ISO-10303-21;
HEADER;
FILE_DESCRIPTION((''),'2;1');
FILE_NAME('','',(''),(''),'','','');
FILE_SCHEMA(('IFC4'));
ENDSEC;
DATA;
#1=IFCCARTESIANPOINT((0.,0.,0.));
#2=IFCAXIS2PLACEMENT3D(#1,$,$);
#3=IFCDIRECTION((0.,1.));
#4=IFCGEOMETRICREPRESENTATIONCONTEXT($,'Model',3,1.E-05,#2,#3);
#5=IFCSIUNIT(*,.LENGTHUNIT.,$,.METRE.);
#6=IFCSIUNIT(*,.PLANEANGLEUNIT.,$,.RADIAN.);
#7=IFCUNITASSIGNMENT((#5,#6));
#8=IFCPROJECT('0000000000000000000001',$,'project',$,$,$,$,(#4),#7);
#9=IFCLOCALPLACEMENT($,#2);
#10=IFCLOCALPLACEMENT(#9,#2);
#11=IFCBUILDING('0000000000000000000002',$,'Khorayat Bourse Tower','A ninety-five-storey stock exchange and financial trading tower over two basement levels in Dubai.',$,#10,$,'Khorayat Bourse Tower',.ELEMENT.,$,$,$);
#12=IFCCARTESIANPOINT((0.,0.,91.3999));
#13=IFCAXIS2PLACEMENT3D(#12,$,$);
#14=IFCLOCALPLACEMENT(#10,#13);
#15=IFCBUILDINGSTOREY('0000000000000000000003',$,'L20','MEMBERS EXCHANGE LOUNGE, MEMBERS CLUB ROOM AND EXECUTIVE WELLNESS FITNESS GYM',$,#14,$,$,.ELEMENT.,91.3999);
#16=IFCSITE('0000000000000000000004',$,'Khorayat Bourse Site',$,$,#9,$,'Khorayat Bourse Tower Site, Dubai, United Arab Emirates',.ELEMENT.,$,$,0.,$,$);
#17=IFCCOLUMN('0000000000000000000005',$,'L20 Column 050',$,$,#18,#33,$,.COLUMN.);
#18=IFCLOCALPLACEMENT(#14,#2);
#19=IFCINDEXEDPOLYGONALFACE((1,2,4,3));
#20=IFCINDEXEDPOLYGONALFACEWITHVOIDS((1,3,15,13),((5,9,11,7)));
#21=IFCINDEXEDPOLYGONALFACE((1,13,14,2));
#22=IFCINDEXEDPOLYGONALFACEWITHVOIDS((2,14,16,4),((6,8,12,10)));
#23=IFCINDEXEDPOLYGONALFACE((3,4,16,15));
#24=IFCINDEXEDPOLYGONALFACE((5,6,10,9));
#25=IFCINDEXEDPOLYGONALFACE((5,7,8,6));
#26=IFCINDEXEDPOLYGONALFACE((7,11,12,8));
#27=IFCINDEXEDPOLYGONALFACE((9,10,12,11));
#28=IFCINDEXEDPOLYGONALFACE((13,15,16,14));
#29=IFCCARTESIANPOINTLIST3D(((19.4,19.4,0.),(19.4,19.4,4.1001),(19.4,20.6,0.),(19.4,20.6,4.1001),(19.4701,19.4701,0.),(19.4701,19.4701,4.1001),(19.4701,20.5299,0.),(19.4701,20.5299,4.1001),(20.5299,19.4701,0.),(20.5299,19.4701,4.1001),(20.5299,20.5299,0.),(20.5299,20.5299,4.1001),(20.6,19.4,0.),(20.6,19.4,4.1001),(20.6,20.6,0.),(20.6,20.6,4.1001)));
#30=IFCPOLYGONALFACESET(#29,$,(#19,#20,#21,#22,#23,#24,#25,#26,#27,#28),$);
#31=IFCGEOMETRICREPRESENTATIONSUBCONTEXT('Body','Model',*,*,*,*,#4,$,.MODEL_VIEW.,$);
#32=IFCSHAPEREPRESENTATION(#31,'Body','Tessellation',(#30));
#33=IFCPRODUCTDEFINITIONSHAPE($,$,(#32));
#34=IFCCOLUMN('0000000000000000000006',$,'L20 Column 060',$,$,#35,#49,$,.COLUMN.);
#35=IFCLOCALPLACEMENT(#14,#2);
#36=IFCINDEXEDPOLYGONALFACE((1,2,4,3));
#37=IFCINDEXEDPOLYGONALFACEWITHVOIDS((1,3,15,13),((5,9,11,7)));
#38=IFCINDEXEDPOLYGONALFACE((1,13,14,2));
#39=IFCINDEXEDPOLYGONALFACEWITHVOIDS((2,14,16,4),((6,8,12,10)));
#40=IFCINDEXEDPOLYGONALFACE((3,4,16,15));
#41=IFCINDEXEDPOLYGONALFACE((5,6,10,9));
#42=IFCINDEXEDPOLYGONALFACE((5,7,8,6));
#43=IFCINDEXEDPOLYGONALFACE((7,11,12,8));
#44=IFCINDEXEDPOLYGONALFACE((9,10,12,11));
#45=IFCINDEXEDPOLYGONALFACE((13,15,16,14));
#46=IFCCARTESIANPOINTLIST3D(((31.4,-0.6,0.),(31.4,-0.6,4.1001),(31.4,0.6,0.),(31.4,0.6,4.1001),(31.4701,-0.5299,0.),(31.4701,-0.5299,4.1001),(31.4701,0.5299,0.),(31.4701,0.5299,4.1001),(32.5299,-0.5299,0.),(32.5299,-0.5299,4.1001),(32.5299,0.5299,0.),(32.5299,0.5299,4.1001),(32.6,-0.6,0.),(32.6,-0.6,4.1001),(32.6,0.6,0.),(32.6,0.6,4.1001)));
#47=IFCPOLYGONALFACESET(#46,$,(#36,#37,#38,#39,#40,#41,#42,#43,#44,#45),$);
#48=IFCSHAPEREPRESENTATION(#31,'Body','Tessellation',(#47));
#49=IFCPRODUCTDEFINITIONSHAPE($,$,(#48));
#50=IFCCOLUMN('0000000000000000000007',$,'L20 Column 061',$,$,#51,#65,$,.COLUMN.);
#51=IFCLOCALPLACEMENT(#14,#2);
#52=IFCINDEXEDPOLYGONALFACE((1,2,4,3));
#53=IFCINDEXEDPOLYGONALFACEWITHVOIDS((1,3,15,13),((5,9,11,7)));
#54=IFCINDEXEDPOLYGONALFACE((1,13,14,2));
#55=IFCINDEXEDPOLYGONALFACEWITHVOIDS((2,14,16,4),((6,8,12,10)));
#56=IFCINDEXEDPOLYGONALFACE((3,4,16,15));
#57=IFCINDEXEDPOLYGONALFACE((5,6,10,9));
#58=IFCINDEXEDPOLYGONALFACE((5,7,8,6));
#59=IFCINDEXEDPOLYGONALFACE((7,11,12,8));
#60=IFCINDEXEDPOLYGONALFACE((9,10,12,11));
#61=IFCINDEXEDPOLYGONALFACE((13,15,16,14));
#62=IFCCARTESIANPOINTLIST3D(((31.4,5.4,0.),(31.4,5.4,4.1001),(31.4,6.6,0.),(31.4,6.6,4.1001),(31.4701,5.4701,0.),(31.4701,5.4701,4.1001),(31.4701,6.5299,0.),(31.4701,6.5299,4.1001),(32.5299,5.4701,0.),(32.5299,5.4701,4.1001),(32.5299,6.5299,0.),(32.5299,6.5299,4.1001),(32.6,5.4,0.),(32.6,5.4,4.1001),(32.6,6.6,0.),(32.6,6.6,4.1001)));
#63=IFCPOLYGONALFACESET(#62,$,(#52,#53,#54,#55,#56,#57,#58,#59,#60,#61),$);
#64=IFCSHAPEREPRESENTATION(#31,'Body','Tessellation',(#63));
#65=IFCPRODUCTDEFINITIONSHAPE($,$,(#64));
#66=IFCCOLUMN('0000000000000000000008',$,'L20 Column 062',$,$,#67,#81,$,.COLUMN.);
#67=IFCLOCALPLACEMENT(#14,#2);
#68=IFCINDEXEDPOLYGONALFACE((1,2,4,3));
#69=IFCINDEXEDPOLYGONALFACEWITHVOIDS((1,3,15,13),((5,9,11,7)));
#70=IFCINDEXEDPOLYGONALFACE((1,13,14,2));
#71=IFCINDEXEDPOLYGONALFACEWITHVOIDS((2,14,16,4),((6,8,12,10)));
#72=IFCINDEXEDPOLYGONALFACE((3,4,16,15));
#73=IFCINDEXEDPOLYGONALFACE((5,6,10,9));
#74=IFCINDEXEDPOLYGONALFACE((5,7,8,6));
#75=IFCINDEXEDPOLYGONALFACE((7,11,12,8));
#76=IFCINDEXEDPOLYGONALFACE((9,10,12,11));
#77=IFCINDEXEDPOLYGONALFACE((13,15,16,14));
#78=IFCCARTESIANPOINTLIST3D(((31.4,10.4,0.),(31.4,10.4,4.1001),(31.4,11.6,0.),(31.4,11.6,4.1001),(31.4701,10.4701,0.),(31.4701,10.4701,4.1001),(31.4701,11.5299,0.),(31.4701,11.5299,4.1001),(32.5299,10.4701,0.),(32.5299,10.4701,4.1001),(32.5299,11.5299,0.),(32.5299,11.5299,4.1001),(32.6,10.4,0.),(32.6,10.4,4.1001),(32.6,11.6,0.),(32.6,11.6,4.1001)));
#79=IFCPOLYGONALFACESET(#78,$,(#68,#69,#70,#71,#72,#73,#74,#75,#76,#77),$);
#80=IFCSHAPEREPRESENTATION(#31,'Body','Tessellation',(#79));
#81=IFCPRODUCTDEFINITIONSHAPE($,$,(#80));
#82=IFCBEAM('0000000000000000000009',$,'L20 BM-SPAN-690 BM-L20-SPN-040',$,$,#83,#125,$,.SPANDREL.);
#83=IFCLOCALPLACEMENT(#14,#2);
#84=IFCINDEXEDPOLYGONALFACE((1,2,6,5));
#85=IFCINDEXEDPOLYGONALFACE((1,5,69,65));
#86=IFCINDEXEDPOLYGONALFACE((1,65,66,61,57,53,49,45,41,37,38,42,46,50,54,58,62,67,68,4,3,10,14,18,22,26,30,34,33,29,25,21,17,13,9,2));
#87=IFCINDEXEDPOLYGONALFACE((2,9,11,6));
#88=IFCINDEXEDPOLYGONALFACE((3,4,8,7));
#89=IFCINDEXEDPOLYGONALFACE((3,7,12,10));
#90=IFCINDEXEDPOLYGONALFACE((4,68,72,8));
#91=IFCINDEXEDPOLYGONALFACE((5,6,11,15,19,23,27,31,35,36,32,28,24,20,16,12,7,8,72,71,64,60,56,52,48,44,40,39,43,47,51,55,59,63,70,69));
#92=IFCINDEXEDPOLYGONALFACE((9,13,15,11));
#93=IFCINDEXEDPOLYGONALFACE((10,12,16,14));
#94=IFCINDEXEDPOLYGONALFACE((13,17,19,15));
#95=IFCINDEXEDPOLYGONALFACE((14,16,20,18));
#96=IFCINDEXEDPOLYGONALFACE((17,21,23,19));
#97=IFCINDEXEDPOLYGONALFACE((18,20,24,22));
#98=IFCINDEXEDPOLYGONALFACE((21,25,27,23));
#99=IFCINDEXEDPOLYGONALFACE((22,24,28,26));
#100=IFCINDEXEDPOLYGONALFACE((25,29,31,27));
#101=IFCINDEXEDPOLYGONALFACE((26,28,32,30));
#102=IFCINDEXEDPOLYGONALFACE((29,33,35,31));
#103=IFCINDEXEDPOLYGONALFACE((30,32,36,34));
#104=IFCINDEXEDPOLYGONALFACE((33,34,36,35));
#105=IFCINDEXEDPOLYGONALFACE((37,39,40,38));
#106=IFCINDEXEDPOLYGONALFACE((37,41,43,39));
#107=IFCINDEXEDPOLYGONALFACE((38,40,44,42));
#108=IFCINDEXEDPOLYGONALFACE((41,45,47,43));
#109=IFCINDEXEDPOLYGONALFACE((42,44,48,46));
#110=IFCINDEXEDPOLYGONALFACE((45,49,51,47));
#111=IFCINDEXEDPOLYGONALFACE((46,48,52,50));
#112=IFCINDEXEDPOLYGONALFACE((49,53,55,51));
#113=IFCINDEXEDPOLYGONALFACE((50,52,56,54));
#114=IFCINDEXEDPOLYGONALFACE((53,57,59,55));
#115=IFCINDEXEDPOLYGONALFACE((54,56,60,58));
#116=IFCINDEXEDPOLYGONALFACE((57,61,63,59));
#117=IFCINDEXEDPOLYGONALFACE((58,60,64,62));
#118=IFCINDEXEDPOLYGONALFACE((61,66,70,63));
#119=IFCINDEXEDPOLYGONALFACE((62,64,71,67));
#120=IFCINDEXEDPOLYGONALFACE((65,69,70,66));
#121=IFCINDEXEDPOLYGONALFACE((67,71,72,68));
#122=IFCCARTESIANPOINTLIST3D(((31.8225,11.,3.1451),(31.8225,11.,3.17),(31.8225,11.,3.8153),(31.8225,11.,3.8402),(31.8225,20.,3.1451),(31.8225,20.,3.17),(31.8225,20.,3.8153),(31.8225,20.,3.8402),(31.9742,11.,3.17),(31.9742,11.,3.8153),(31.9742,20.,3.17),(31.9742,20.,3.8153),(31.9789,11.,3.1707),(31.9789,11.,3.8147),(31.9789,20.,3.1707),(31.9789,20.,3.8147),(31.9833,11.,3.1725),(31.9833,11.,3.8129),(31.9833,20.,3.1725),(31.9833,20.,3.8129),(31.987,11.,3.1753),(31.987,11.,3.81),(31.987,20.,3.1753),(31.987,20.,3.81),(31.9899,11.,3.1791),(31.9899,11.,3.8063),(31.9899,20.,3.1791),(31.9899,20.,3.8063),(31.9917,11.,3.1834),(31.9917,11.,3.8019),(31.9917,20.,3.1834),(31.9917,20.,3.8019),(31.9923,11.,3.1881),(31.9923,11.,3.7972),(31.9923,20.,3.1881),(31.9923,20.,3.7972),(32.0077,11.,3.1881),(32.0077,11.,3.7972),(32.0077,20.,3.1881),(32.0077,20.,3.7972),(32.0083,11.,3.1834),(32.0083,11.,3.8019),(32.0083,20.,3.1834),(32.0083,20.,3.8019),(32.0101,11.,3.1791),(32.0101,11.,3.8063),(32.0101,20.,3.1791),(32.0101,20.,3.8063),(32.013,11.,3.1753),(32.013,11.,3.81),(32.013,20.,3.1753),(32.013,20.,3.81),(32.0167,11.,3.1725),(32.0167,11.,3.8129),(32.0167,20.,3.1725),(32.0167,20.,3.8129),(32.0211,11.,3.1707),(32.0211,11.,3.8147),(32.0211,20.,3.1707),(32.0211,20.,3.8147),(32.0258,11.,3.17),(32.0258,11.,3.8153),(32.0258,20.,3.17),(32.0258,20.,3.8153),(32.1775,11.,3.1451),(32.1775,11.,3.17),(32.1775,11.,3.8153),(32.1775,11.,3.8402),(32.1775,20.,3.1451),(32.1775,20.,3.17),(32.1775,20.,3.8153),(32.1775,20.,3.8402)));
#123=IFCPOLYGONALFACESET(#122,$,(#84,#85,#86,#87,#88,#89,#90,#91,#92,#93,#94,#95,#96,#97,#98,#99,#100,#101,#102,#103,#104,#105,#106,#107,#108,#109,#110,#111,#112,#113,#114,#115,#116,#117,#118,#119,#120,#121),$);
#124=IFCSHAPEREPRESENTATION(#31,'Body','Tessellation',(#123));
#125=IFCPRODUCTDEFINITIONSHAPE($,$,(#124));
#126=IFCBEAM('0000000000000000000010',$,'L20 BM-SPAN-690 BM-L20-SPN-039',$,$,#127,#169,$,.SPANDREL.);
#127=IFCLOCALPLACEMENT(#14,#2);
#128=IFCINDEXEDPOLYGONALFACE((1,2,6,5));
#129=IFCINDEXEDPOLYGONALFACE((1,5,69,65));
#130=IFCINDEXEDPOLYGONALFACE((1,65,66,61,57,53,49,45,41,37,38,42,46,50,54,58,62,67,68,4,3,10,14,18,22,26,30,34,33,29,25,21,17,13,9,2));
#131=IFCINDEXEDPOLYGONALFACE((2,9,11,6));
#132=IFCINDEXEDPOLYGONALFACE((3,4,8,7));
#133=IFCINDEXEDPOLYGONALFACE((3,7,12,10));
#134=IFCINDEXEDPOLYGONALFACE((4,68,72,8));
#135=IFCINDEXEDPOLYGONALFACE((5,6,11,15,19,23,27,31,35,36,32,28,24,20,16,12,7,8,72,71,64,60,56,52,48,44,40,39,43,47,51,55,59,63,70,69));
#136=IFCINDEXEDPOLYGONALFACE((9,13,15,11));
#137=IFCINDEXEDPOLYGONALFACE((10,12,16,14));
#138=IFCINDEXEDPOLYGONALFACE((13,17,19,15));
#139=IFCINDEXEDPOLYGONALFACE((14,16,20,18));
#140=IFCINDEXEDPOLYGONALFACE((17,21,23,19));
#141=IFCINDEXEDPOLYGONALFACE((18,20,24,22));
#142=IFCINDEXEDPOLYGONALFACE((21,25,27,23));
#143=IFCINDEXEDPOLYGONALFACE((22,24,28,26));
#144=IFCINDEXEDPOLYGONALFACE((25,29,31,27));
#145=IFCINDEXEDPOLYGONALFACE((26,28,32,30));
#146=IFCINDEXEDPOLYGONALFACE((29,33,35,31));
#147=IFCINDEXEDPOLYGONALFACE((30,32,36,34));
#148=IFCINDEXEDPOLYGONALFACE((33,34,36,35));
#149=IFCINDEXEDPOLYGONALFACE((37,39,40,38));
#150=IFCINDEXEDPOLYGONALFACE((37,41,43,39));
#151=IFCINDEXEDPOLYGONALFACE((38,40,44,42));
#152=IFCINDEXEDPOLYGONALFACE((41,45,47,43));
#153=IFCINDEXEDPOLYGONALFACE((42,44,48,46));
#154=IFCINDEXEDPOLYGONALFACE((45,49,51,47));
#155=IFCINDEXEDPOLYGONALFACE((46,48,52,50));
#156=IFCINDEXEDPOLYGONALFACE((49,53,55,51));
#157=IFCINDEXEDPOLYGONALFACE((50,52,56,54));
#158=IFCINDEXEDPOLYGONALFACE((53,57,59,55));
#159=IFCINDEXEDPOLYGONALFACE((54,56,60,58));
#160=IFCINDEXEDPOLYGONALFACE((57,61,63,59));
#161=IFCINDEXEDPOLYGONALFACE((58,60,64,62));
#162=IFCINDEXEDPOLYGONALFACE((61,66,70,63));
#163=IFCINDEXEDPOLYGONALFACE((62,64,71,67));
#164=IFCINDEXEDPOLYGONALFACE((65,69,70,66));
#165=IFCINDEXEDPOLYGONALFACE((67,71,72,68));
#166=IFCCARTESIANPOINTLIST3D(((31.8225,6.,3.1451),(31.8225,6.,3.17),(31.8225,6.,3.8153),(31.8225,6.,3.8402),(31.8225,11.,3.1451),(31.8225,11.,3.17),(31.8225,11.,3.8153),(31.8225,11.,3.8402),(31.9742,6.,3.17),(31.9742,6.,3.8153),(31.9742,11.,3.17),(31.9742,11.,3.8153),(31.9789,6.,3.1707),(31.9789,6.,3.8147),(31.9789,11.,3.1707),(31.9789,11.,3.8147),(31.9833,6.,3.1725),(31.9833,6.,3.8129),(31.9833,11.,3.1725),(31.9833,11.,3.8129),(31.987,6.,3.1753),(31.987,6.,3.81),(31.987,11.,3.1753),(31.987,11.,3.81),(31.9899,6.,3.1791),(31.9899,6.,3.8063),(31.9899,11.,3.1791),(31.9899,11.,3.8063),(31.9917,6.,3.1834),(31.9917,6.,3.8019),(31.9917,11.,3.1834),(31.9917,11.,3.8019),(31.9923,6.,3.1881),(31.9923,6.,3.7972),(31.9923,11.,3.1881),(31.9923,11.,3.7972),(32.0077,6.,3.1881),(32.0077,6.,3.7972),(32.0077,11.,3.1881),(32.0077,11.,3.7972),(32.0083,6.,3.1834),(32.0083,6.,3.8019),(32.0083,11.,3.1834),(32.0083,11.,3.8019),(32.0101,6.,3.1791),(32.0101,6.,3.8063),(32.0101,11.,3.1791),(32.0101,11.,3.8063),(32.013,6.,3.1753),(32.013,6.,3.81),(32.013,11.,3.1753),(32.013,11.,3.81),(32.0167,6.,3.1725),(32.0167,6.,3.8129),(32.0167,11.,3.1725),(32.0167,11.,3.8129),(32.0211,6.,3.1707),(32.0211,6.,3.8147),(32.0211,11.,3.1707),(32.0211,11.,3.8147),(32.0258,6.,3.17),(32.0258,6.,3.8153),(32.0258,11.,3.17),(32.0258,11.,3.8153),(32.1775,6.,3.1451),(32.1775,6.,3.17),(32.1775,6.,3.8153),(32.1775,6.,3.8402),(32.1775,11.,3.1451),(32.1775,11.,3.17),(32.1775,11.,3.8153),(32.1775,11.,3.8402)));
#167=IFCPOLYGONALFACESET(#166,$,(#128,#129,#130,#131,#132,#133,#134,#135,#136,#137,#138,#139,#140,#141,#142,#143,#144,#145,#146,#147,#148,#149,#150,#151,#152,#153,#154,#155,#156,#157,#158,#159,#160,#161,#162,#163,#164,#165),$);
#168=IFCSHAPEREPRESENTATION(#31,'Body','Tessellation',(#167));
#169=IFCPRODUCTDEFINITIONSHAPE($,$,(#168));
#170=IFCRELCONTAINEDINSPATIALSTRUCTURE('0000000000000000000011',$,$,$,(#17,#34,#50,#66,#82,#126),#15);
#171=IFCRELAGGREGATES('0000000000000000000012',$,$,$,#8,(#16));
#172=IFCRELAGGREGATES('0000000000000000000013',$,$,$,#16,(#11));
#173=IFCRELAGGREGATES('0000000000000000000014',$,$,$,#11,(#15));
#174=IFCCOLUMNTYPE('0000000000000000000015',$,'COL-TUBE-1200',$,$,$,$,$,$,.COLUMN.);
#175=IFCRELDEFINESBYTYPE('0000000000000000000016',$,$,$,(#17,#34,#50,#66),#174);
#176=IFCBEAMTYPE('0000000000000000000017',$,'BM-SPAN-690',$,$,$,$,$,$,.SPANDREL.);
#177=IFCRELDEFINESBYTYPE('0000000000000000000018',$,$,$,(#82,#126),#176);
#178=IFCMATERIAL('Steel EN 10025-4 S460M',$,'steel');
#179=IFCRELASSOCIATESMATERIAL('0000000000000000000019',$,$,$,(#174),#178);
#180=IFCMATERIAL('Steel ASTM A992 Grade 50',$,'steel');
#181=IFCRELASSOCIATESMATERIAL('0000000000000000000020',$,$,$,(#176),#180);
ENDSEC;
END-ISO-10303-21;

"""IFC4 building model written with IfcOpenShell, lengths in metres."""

from ifc_helpers import new_model, si_unit, direction, frame, origin, origin_2d, place, context, subcontext, project, spatial, hollow_rectangle, i_section, extrude, source, transform, mapped, material, material_profile, profile_set, type_object, element, save


model = new_model("IFC4")

# Units and contexts
model_context = context("Model", 3, precision=1e-05, world=origin(), true_north=direction((0.0, 1.0)))
body_context = subcontext(model_context, "Body", "Model", "MODEL_VIEW")
ifc_project = project(units=[si_unit("LENGTHUNIT", "METRE"), si_unit("PLANEANGLEUNIT", "RADIAN")], contexts=[model_context])

# Site, building, storey
site_placement = place(None, origin())
site = spatial("IfcSite", under=ifc_project, at=site_placement, Name="Khorayat Bourse Site", LongName="Khorayat Bourse Tower Site, Dubai, United Arab Emirates", CompositionType="ELEMENT", RefElevation=0.0)
building_placement = place(site_placement, origin())
building = spatial("IfcBuilding", under=site, at=building_placement, Name="Khorayat Bourse Tower", Description="A ninety-five-storey stock exchange and financial trading tower over two basement levels in Dubai.", LongName="Khorayat Bourse Tower", CompositionType="ELEMENT")
storey_placement = place(building_placement, frame((0.0, 0.0, 91.3999)))
storey = spatial("IfcBuildingStorey", under=building, at=storey_placement, Name="L20", Description="MEMBERS EXCHANGE LOUNGE, MEMBERS CLUB ROOM AND EXECUTIVE WELLNESS FITNESS GYM", CompositionType="ELEMENT", Elevation=91.3999)

# Columns
ifc_material_1 = material(Name="Steel EN 10025-4 S460M", Category="steel")
ifc_material_profile_1 = material_profile(ifc_material_1, hollow_rectangle(XDim=1.2, YDim=1.2, WallThickness=0.0701, at=origin_2d()), Name="BOX 1200x1200x70")
ifc_profile_set_1 = profile_set([ifc_material_profile_1], Name="Steel EN 10025-4 S460M")
column_type = type_object("IfcColumnType", Name="COL-TUBE-1200", PredefinedType="COLUMN", material=ifc_profile_set_1)
shared_shape_1 = source(origin(), body_context, "Body", "SweptSolid", [
    extrude(hollow_rectangle(XDim=1.2, YDim=1.2, WallThickness=0.0701, at=origin_2d()), origin(), (0.0, 0.0, 1.0), 4.1001),
])
for number, where, z_axis, x_axis, name in (
    (1, (20.0, 20.0, 0.0), (0.0, 0.0, 1.0), (1.0, 0.0, 0.0), "L20 Column 050"),
    (2, (32.0, 0.0, 0.0), (0.0, 0.0, 1.0), (1.0, 0.0, 0.0), "L20 Column 060"),
    (3, (32.0, 6.0, 0.0), (0.0, 0.0, 1.0), (1.0, 0.0, 0.0), "L20 Column 061"),
    (4, (32.0, 11.0, 0.0), (0.0, 0.0, 1.0), (1.0, 0.0, 0.0), "L20 Column 062"),
):
    element("IfcColumn", number, at=place(storey_placement, frame(where, z_axis=z_axis, x_axis=x_axis)), inside=storey, type_object=column_type, Name=name, PredefinedType="COLUMN", context=body_context, shape_type="MappedRepresentation", body=[
        mapped(shared_shape_1, transform((0.0, 0.0, 0.0), scale=1.0)),
    ])

# Beams
ifc_material_2 = material(Name="Steel ASTM A992 Grade 50", Category="steel")
ifc_material_profile_2 = material_profile(ifc_material_2, i_section(OverallWidth=0.355, OverallDepth=0.6951, WebThickness=0.0154, FlangeThickness=0.0249, FilletRadius=0.0181, at=origin_2d()), Name="W690X217")
ifc_profile_set_2 = profile_set([ifc_material_profile_2], Name="Steel ASTM A992 Grade 50")
beam_type_1 = type_object("IfcBeamType", Name="BM-SPAN-690", PredefinedType="SPANDREL", material=ifc_profile_set_2)
shared_shape_2 = source(origin(), body_context, "Body", "SweptSolid", [
    extrude(i_section(OverallWidth=0.355, OverallDepth=0.6951, WebThickness=0.0154, FlangeThickness=0.0249, FilletRadius=0.0181, at=origin_2d()), origin(), (0.0, 0.0, 1.0), 9.0),
])
beam_1_placement = place(storey_placement, frame((32.0, 11.0, 3.4927), z_axis=(0.0, 1.0, 0.0), x_axis=(-1.0, 0.0, 0.0)))
element("IfcBeam", 5, at=beam_1_placement, inside=storey, type_object=beam_type_1, Name="L20 BM-SPAN-690 BM-L20-SPN-040", PredefinedType="SPANDREL", context=body_context, shape_type="MappedRepresentation", body=[
    mapped(shared_shape_2, transform((0.0, 0.0, 0.0), scale=1.0)),
])
shared_shape_3 = source(origin(), body_context, "Body", "SweptSolid", [
    extrude(i_section(OverallWidth=0.355, OverallDepth=0.6951, WebThickness=0.0154, FlangeThickness=0.0249, FilletRadius=0.0181, at=origin_2d()), origin(), (0.0, 0.0, 1.0), 5.0),
])
beam_2_placement = place(storey_placement, frame((32.0, 6.0, 3.4927), z_axis=(0.0, 1.0, 0.0), x_axis=(-1.0, 0.0, 0.0)))
element("IfcBeam", 6, at=beam_2_placement, inside=storey, type_object=beam_type_1, Name="L20 BM-SPAN-690 BM-L20-SPN-039", PredefinedType="SPANDREL", context=body_context, shape_type="MappedRepresentation", body=[
    mapped(shared_shape_3, transform((0.0, 0.0, 0.0), scale=1.0)),
])

save(model, "model.ifc")
